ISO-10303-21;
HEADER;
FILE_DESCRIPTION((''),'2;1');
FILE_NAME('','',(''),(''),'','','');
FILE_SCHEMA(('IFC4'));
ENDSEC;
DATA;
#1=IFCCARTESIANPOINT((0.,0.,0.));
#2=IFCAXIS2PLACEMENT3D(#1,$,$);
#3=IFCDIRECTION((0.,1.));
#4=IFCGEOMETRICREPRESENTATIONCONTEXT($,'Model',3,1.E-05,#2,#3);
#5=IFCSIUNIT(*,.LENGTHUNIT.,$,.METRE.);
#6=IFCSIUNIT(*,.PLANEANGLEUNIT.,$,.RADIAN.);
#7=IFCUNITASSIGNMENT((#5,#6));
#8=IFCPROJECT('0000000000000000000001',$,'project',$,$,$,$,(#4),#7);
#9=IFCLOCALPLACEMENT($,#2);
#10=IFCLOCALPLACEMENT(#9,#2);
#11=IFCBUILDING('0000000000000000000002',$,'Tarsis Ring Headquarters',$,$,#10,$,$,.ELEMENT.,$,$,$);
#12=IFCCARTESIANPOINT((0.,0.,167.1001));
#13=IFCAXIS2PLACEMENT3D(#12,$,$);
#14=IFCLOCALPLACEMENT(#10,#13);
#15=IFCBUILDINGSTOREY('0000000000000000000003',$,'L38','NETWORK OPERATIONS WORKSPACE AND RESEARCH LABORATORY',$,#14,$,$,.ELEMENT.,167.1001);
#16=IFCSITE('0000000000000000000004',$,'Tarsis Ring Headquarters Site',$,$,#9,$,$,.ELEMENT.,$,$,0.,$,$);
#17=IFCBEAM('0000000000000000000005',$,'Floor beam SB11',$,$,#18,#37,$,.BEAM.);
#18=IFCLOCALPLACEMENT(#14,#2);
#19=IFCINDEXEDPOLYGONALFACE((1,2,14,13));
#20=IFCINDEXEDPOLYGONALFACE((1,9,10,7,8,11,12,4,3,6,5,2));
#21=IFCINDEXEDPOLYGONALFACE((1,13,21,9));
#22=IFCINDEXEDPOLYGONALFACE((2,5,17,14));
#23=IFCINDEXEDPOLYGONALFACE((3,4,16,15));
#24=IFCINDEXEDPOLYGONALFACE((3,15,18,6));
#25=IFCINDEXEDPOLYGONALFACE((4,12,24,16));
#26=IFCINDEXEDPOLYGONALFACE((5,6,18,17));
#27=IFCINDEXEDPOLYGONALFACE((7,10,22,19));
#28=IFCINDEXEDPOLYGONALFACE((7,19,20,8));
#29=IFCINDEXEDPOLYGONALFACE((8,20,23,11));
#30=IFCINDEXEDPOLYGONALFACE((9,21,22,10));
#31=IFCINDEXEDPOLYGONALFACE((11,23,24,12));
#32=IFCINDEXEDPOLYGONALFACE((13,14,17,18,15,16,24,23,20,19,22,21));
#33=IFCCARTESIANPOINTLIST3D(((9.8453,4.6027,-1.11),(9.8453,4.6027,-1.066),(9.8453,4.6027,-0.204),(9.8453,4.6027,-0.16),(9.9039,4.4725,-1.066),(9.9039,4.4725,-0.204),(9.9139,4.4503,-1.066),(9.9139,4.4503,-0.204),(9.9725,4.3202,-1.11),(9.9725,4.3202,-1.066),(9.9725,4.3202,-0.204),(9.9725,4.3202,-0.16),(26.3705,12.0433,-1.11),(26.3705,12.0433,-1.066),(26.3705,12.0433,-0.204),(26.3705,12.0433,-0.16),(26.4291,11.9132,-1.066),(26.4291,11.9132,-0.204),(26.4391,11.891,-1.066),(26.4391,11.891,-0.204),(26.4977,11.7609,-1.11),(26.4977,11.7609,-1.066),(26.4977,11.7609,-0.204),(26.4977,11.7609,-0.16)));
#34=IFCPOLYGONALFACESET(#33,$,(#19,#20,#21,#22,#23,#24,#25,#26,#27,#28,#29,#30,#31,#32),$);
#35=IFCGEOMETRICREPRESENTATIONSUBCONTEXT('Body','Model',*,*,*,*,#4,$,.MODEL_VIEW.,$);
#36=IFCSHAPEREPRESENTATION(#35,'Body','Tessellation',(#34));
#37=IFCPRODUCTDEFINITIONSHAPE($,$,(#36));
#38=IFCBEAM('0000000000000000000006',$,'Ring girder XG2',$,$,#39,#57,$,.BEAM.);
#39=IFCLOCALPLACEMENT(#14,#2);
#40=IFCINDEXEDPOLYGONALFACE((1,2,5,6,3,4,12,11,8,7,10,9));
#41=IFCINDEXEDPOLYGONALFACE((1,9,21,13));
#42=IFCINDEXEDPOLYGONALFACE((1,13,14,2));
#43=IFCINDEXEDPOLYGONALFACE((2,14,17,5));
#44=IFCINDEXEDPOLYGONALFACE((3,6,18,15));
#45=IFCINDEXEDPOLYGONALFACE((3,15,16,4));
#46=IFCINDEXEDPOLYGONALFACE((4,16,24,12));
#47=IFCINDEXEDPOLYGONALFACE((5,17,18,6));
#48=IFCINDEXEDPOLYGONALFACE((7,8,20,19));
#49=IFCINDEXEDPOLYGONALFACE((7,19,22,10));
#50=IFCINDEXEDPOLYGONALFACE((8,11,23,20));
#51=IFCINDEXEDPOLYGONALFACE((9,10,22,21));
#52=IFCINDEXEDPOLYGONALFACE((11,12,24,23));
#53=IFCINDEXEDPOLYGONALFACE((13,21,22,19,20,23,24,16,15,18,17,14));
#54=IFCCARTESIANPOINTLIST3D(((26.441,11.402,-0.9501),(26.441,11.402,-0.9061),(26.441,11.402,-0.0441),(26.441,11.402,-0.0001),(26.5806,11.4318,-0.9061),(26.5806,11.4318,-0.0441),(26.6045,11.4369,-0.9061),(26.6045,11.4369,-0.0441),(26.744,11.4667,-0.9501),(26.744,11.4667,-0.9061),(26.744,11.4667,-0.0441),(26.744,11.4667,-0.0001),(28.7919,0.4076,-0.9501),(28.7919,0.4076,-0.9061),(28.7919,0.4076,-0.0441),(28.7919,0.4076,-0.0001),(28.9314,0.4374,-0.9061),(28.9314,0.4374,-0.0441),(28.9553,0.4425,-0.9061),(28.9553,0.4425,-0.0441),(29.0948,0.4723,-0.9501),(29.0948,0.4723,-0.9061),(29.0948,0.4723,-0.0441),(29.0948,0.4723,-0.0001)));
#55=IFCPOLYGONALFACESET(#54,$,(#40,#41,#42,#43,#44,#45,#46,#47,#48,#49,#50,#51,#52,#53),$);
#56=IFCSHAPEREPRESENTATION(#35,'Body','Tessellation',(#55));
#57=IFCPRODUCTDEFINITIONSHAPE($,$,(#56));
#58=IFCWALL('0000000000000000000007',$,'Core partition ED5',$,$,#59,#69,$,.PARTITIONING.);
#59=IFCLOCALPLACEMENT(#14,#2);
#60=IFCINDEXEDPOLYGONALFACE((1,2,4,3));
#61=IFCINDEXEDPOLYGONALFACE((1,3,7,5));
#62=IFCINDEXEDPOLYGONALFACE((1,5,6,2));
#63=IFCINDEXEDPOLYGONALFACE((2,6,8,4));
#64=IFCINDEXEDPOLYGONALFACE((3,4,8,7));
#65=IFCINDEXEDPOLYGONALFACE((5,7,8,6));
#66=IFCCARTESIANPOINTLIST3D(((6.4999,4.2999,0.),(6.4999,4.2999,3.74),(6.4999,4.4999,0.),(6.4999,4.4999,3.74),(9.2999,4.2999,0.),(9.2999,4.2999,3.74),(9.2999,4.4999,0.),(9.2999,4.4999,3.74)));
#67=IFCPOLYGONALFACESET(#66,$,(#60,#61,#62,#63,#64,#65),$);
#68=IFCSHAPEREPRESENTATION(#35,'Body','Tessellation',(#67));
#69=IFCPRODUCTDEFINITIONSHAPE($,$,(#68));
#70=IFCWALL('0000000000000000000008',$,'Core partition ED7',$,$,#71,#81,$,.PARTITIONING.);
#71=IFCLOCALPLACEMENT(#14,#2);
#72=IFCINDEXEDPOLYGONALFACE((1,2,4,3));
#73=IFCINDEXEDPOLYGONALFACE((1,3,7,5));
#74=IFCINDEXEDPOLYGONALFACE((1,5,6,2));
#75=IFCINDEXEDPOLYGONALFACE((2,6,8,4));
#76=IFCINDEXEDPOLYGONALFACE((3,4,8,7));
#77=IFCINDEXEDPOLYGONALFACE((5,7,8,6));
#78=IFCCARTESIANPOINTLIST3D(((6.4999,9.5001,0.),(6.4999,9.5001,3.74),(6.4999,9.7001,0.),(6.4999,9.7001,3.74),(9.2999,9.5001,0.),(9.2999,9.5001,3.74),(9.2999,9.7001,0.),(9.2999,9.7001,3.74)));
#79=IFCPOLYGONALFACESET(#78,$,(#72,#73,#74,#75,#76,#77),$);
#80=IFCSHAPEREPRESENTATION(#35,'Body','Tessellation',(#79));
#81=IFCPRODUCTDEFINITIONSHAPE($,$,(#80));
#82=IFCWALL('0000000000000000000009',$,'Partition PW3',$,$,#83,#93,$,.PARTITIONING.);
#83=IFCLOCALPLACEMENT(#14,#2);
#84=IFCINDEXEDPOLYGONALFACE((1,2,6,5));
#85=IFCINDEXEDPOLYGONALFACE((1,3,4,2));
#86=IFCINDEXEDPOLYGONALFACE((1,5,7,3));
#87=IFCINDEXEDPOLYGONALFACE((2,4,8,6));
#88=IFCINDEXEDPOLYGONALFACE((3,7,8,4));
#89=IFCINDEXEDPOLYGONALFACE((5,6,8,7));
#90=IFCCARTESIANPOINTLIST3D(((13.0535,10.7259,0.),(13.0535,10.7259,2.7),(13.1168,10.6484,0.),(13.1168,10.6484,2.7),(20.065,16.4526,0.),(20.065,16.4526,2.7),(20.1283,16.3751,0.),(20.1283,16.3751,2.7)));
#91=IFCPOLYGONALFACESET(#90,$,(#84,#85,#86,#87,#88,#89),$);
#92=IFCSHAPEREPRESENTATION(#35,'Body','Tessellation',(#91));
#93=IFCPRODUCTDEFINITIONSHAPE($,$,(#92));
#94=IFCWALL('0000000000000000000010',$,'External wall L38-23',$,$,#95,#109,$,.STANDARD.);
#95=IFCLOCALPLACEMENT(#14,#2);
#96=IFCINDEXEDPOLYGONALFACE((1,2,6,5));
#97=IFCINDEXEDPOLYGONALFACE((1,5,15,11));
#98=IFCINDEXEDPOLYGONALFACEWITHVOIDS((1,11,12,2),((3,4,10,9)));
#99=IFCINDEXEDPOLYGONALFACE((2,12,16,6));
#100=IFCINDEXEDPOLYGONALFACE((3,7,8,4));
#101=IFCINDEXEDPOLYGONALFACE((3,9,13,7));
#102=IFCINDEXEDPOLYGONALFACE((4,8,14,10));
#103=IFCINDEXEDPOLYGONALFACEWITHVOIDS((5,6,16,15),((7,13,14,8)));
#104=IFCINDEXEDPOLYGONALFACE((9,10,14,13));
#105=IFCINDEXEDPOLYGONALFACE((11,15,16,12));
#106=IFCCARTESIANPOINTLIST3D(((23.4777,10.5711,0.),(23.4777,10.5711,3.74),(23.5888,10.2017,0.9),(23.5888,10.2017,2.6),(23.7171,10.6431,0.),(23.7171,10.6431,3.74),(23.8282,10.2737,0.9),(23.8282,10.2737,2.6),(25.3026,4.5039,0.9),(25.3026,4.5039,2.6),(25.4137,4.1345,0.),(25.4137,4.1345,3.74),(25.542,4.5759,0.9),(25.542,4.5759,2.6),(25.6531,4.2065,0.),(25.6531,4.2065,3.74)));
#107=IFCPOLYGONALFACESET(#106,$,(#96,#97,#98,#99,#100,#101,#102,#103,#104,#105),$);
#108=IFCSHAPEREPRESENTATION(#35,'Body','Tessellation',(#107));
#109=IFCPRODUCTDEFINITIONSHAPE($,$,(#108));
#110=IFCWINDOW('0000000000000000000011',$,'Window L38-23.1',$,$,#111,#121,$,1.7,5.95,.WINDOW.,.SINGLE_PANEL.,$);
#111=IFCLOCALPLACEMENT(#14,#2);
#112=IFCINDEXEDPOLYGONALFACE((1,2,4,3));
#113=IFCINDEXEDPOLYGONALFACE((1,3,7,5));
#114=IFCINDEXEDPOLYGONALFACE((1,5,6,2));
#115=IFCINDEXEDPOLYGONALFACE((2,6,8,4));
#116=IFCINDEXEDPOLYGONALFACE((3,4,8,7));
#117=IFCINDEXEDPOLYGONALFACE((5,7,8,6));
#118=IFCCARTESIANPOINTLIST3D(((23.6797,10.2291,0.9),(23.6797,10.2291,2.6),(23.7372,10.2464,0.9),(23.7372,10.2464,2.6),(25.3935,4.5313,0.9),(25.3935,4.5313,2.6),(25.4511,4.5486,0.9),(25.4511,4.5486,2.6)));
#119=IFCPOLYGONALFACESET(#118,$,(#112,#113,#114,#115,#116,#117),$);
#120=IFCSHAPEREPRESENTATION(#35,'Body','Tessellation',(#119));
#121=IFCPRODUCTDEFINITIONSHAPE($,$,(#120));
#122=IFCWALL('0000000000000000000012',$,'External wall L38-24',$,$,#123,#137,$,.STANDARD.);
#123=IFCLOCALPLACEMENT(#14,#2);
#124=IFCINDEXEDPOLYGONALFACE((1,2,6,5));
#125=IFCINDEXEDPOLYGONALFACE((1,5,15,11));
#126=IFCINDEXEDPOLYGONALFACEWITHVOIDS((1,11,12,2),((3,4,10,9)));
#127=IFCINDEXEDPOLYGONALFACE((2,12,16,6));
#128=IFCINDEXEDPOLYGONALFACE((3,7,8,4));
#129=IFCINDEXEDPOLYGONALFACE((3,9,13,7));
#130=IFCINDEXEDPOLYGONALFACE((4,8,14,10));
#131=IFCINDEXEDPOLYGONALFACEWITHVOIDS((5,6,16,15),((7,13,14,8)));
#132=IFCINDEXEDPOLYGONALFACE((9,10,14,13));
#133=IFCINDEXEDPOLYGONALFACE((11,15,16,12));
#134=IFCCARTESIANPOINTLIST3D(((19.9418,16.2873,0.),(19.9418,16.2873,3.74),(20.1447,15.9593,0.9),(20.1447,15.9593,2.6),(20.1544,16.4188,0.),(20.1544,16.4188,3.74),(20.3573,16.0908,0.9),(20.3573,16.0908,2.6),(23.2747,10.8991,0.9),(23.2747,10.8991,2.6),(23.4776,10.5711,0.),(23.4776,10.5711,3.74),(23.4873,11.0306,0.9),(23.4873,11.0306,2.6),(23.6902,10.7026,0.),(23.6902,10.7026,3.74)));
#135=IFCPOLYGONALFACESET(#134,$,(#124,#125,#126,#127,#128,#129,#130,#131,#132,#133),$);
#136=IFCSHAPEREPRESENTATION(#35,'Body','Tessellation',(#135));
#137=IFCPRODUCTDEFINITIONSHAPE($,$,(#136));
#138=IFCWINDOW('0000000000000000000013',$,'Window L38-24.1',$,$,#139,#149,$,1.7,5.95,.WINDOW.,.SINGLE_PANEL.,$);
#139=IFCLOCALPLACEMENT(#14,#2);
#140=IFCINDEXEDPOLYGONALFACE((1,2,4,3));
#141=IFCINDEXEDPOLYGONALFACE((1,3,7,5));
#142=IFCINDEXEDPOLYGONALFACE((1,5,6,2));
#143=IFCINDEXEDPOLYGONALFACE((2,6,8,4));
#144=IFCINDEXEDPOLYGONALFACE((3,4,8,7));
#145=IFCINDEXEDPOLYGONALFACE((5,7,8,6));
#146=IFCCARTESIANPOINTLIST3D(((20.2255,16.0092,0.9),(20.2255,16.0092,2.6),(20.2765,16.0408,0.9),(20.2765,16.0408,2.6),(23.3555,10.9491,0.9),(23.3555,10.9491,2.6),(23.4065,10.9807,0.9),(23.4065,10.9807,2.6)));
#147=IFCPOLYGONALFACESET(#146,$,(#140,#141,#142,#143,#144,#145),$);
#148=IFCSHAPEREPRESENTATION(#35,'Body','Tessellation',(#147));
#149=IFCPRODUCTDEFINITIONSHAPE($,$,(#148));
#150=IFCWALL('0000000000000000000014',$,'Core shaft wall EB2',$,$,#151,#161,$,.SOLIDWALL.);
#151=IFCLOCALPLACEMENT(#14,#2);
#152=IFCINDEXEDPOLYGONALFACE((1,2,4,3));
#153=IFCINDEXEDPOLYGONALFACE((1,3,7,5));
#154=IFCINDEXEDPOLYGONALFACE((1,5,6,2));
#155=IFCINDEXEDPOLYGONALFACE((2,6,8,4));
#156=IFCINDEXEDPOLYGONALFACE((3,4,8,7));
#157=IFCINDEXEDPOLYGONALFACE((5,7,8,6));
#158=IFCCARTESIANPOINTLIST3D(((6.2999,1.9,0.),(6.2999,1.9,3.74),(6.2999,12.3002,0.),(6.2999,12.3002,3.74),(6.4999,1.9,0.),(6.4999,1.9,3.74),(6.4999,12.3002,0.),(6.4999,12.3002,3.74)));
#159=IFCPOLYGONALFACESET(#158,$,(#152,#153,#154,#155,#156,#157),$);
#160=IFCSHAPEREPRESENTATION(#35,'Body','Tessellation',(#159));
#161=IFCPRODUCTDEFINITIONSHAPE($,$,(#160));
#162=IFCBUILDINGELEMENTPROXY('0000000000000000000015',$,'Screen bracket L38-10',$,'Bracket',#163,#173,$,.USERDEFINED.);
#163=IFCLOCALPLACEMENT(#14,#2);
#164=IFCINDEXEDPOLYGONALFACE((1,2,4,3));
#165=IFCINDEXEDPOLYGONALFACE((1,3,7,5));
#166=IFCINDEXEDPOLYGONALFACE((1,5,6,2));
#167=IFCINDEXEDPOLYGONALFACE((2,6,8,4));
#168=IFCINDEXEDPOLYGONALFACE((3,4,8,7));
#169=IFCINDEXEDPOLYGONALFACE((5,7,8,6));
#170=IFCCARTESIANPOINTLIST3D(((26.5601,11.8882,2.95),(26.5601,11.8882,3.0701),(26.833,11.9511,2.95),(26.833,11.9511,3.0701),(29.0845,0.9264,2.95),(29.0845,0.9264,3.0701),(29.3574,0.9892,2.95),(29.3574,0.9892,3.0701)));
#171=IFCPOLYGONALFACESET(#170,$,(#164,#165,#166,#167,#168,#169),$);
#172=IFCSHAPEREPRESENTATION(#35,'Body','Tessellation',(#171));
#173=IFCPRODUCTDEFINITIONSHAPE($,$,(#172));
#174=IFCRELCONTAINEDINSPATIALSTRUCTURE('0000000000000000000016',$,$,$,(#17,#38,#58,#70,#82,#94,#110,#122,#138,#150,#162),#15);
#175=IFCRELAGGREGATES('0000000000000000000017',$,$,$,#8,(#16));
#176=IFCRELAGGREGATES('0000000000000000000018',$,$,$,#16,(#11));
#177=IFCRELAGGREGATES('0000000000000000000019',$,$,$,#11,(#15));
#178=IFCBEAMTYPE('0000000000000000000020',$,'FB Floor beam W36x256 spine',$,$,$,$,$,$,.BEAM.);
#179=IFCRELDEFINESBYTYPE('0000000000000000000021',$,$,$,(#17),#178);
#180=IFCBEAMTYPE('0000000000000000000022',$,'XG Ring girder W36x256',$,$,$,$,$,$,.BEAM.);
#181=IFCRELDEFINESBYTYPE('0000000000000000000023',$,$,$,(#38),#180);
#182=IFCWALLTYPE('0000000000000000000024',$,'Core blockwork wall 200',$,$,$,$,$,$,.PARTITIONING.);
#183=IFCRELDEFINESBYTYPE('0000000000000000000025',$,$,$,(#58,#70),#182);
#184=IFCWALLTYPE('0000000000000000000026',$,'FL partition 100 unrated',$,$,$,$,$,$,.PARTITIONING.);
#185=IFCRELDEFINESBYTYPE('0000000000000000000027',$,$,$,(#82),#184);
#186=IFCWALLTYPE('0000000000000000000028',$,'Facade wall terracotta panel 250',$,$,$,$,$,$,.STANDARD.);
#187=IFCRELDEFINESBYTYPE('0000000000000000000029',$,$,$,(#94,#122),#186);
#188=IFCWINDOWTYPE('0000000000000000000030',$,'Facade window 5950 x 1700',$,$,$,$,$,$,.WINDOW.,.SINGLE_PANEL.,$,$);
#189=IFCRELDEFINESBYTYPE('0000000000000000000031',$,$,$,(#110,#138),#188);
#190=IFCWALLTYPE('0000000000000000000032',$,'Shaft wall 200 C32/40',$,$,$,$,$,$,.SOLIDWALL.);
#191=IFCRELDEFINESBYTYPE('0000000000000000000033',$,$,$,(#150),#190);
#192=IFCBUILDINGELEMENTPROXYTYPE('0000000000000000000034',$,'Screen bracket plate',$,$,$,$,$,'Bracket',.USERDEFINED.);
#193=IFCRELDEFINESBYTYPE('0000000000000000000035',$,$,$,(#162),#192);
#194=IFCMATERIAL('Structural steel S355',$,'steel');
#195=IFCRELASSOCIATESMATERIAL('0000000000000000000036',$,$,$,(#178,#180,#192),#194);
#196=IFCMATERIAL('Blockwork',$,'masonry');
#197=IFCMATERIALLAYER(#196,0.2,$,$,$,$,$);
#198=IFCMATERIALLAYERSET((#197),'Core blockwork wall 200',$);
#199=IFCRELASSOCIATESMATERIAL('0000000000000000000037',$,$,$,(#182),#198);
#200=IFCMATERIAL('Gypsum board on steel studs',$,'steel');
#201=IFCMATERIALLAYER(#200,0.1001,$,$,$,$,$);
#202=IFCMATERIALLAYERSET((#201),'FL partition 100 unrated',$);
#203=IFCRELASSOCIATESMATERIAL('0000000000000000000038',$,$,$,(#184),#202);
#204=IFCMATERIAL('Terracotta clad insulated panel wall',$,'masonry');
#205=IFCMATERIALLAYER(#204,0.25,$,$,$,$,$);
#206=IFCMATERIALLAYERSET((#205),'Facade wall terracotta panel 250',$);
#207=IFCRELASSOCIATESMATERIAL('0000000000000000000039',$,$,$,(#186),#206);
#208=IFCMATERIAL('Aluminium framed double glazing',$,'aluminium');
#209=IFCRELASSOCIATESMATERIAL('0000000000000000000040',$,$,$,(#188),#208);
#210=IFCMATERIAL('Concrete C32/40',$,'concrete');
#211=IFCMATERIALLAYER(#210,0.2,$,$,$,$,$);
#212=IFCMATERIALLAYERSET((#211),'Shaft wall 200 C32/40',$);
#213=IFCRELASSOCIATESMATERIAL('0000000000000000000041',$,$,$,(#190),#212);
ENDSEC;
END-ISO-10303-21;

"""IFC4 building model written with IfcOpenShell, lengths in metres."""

from ifc_helpers import new_model, si_unit, direction, frame, frame_2d, origin, origin_2d, place, context, subcontext, project, spatial, rectangle, i_section, extrude, material, layer, layer_set, material_profile, profile_set, type_object, element, fill, save


model = new_model("IFC4")

# Units and contexts
model_context = context("Model", 3, precision=1e-05, world=origin(), true_north=direction((0.0, 1.0)))
body_context = subcontext(model_context, "Body", "Model", "MODEL_VIEW")
ifc_project = project(units=[si_unit("LENGTHUNIT", "METRE"), si_unit("PLANEANGLEUNIT", "RADIAN")], contexts=[model_context])

# Site, building, storey
site_placement = place(None, origin())
site = spatial("IfcSite", under=ifc_project, at=site_placement, Name="Tarsis Ring Headquarters Site", CompositionType="ELEMENT", RefElevation=0.0)
building_placement = place(site_placement, origin())
building = spatial("IfcBuilding", under=site, at=building_placement, Name="Tarsis Ring Headquarters", CompositionType="ELEMENT")
storey_placement = place(building_placement, frame((0.0, 0.0, 167.1001)))
storey = spatial("IfcBuildingStorey", under=building, at=storey_placement, Name="L38", Description="NETWORK OPERATIONS WORKSPACE AND RESEARCH LABORATORY", CompositionType="ELEMENT", Elevation=167.1001)

# Shared definitions
ifc_material_1 = material(Name="Structural steel S355", Category="steel")

# Beams
ifc_material_profile_1 = material_profile(ifc_material_1, i_section(OverallWidth=0.3098, OverallDepth=0.95, WebThickness=0.0244, FlangeThickness=0.0439, at=origin_2d()), Name="W36x256")
ifc_profile_set_1 = profile_set([ifc_material_profile_1], Name="Structural steel S355")
beam_type_1 = type_object("IfcBeamType", Name="FB Floor beam W36x256 spine", PredefinedType="BEAM", material=ifc_profile_set_1)
beam_1_placement = place(storey_placement, frame((26.4341, 11.9021, -0.635), z_axis=(-0.911831, -0.410565, 0.0), x_axis=(0.410565, -0.911831, 0.0)))
element("IfcBeam", 1, at=beam_1_placement, inside=storey, type_object=beam_type_1, Name="Floor beam SB11", PredefinedType="BEAM", context=body_context, shape_type="SweptSolid", body=[
    extrude(i_section(OverallWidth=0.3098, OverallDepth=0.95, WebThickness=0.0244, FlangeThickness=0.0439, at=origin_2d()), origin(), (0.0, 0.0, 1.0), 18.123),
])
beam_type_2 = type_object("IfcBeamType", Name="XG Ring girder W36x256", PredefinedType="BEAM", material=ifc_profile_set_1)
beam_2_placement = place(storey_placement, frame((28.9434, 0.4399, -0.4751), z_axis=(-0.209095, 0.977895, 0.0), x_axis=(-0.977895, -0.209095, 0.0)))
element("IfcBeam", 2, at=beam_2_placement, inside=storey, type_object=beam_type_2, Name="Ring girder XG2", PredefinedType="BEAM", context=body_context, shape_type="SweptSolid", body=[
    extrude(i_section(OverallWidth=0.3098, OverallDepth=0.95, WebThickness=0.0244, FlangeThickness=0.0439, at=origin_2d()), origin(), (0.0, 0.0, 1.0), 11.2429),
])

# Walls
ifc_material_2 = material(Name="Blockwork", Category="masonry")
ifc_layer_1 = layer(ifc_material_2, 0.2)
ifc_layer_set_1 = layer_set([ifc_layer_1], Name="Core blockwork wall 200")
wall_type_1 = type_object("IfcWallType", Name="Core blockwork wall 200", PredefinedType="PARTITIONING", material=ifc_layer_set_1)
for number, where, z_axis, x_axis, name in (
    (3, (6.5, 4.3999, 0.0), (0.0, 0.0, 1.0), (1.0, 0.0, 0.0), "Core partition ED5"),
    (4, (6.5, 9.6001, 0.0), (0.0, 0.0, 1.0), (1.0, 0.0, 0.0), "Core partition ED7"),
):
    element("IfcWall", number, at=place(storey_placement, frame(where, z_axis=z_axis, x_axis=x_axis)), inside=storey, type_object=wall_type_1, Name=name, PredefinedType="PARTITIONING", context=body_context, shape_type="SweptSolid", body=[
        extrude(rectangle(XDim=2.8, YDim=0.2, at=frame_2d((1.3999, 0.0))), origin(), (0.0, 0.0, 1.0), 3.74),
    ])
ifc_material_3 = material(Name="Gypsum board on steel studs", Category="steel")
ifc_layer_2 = layer(ifc_material_3, 0.1001)
ifc_layer_set_2 = layer_set([ifc_layer_2], Name="FL partition 100 unrated")
wall_type_2 = type_object("IfcWallType", Name="FL partition 100 unrated", PredefinedType="PARTITIONING", material=ifc_layer_set_2)
wall_1_placement = place(storey_placement, frame((13.0852, 10.6873, 0.0), z_axis=(0.0, 0.0, 1.0), x_axis=(0.774504, 0.632569, 0.0)))
element("IfcWall", 5, at=wall_1_placement, inside=storey, type_object=wall_type_2, Name="Partition PW3", PredefinedType="PARTITIONING", context=body_context, shape_type="SweptSolid", body=[
    extrude(rectangle(XDim=9.053, YDim=0.1001, at=frame_2d((4.5264, 0.0))), origin(), (0.0, 0.0, 1.0), 2.7),
])

# Walls, openings, windows
ifc_material_4 = material(Name="Terracotta clad insulated panel wall", Category="masonry")
ifc_layer_3 = layer(ifc_material_4, 0.25)
ifc_layer_set_3 = layer_set([ifc_layer_3], Name="Facade wall terracotta panel 250")
wall_type_3 = type_object("IfcWallType", Name="Facade wall terracotta panel 250", PredefinedType="STANDARD", material=ifc_layer_set_3)
wall_2_placement = place(storey_placement, frame((25.5334, 4.1704, 0.0), z_axis=(0.0, 0.0, 1.0), x_axis=(-0.288041, 0.957618, 0.0)))
wall_2 = element("IfcWall", 6, at=wall_2_placement, inside=storey, type_object=wall_type_3, Name="External wall L38-23", PredefinedType="STANDARD", context=body_context, shape_type="SweptSolid", body=[
    extrude(rectangle(XDim=6.7214, YDim=0.25, at=frame_2d((3.3608, 0.0))), origin(), (0.0, 0.0, 1.0), 3.74),
])
opening_1_placement = place(wall_2_placement, frame((0.3857, 0.0, 0.8999)))
opening_1 = element("IfcOpeningElement", 7, at=opening_1_placement, cuts=wall_2, PredefinedType="OPENING", context=body_context, shape_type="SweptSolid", body=[
    extrude(rectangle(XDim=5.95, YDim=1.7, at=frame_2d((2.9751, 0.8501))), frame((0.0, 0.135, 0.0), z_axis=(0.0, -1.0, 0.0), x_axis=(1.0, 0.0, 0.0)), (0.0, 0.0, 1.0), 0.27),
])
ifc_material_5 = material(Name="Aluminium framed double glazing", Category="aluminium")
window_type = type_object("IfcWindowType", Name="Facade window 5950 x 1700", PartitioningType="SINGLE_PANEL", PredefinedType="WINDOW", material=ifc_material_5)
window_1_placement = place(opening_1_placement, origin())
window_1 = element("IfcWindow", 8, at=window_1_placement, inside=storey, type_object=window_type, Name="Window L38-23.1", OverallHeight=1.7, OverallWidth=5.95, PartitioningType="SINGLE_PANEL", PredefinedType="WINDOW", context=body_context, shape_type="SweptSolid", body=[
    extrude(rectangle(XDim=5.95, YDim=1.7, at=frame_2d((2.9751, 0.8501))), frame((0.0, 0.03, 0.0), z_axis=(0.0, -1.0, 0.0), x_axis=(1.0, 0.0, 0.0)), (0.0, 0.0, 1.0), 0.0601),
])
fill(opening_1, window_1)
wall_3_placement = place(storey_placement, frame((23.584, 10.6367, 0.0), z_axis=(0.0, 0.0, 1.0), x_axis=(-0.526056, 0.85045, 0.0)))
wall_3 = element("IfcWall", 9, at=wall_3_placement, inside=storey, type_object=wall_type_3, Name="External wall L38-24", PredefinedType="STANDARD", context=body_context, shape_type="SweptSolid", body=[
    extrude(rectangle(XDim=6.7214, YDim=0.25, at=frame_2d((3.3608, 0.0))), origin(), (0.0, 0.0, 1.0), 3.74),
])
opening_2_placement = place(wall_3_placement, frame((0.3857, 0.0, 0.8999)))
opening_2 = element("IfcOpeningElement", 10, at=opening_2_placement, cuts=wall_3, PredefinedType="OPENING", context=body_context, shape_type="SweptSolid", body=[
    extrude(rectangle(XDim=5.95, YDim=1.7, at=frame_2d((2.9751, 0.8501))), frame((0.0, 0.135, 0.0), z_axis=(0.0, -1.0, 0.0), x_axis=(1.0, 0.0, 0.0)), (0.0, 0.0, 1.0), 0.27),
])
window_2_placement = place(opening_2_placement, origin())
window_2 = element("IfcWindow", 11, at=window_2_placement, inside=storey, type_object=window_type, Name="Window L38-24.1", OverallHeight=1.7, OverallWidth=5.95, PartitioningType="SINGLE_PANEL", PredefinedType="WINDOW", context=body_context, shape_type="SweptSolid", body=[
    extrude(rectangle(XDim=5.95, YDim=1.7, at=frame_2d((2.9751, 0.8501))), frame((0.0, 0.03, 0.0), z_axis=(0.0, -1.0, 0.0), x_axis=(1.0, 0.0, 0.0)), (0.0, 0.0, 1.0), 0.0601),
])
fill(opening_2, window_2)

# Wall
ifc_material_6 = material(Name="Concrete C32/40", Category="concrete")
ifc_layer_4 = layer(ifc_material_6, 0.2)
ifc_layer_set_4 = layer_set([ifc_layer_4], Name="Shaft wall 200 C32/40")
wall_type_4 = type_object("IfcWallType", Name="Shaft wall 200 C32/40", PredefinedType="SOLIDWALL", material=ifc_layer_set_4)
wall_4_placement = place(storey_placement, frame((6.3999, 1.8999, 0.0), z_axis=(0.0, 0.0, 1.0), x_axis=(0.0, 1.0, 0.0)))
element("IfcWall", 12, at=wall_4_placement, inside=storey, type_object=wall_type_4, Name="Core shaft wall EB2", PredefinedType="SOLIDWALL", context=body_context, shape_type="SweptSolid", body=[
    extrude(rectangle(XDim=10.4001, YDim=0.2, at=frame_2d((5.2002, 0.0))), origin(), (0.0, 0.0, 1.0), 3.74),
])

# Building element proxy
building_element_proxy_type = type_object("IfcBuildingElementProxyType", Name="Screen bracket plate", ElementType="Bracket", PredefinedType="USERDEFINED", material=ifc_material_1)
proxy_placement = place(storey_placement, frame((27.9587, 6.4387, 2.95), z_axis=(0.0, 0.0, 1.0), x_axis=(-0.22442, 0.974493, 0.0)))
element("IfcBuildingElementProxy", 13, at=proxy_placement, inside=storey, type_object=building_element_proxy_type, Name="Screen bracket L38-10", ObjectType="Bracket", PredefinedType="USERDEFINED", context=body_context, shape_type="SweptSolid", body=[
    extrude(rectangle(XDim=11.2488, YDim=0.28, at=origin_2d()), origin(), (0.0, 0.0, 1.0), 0.1201),
])

save(model, "model.ifc")
